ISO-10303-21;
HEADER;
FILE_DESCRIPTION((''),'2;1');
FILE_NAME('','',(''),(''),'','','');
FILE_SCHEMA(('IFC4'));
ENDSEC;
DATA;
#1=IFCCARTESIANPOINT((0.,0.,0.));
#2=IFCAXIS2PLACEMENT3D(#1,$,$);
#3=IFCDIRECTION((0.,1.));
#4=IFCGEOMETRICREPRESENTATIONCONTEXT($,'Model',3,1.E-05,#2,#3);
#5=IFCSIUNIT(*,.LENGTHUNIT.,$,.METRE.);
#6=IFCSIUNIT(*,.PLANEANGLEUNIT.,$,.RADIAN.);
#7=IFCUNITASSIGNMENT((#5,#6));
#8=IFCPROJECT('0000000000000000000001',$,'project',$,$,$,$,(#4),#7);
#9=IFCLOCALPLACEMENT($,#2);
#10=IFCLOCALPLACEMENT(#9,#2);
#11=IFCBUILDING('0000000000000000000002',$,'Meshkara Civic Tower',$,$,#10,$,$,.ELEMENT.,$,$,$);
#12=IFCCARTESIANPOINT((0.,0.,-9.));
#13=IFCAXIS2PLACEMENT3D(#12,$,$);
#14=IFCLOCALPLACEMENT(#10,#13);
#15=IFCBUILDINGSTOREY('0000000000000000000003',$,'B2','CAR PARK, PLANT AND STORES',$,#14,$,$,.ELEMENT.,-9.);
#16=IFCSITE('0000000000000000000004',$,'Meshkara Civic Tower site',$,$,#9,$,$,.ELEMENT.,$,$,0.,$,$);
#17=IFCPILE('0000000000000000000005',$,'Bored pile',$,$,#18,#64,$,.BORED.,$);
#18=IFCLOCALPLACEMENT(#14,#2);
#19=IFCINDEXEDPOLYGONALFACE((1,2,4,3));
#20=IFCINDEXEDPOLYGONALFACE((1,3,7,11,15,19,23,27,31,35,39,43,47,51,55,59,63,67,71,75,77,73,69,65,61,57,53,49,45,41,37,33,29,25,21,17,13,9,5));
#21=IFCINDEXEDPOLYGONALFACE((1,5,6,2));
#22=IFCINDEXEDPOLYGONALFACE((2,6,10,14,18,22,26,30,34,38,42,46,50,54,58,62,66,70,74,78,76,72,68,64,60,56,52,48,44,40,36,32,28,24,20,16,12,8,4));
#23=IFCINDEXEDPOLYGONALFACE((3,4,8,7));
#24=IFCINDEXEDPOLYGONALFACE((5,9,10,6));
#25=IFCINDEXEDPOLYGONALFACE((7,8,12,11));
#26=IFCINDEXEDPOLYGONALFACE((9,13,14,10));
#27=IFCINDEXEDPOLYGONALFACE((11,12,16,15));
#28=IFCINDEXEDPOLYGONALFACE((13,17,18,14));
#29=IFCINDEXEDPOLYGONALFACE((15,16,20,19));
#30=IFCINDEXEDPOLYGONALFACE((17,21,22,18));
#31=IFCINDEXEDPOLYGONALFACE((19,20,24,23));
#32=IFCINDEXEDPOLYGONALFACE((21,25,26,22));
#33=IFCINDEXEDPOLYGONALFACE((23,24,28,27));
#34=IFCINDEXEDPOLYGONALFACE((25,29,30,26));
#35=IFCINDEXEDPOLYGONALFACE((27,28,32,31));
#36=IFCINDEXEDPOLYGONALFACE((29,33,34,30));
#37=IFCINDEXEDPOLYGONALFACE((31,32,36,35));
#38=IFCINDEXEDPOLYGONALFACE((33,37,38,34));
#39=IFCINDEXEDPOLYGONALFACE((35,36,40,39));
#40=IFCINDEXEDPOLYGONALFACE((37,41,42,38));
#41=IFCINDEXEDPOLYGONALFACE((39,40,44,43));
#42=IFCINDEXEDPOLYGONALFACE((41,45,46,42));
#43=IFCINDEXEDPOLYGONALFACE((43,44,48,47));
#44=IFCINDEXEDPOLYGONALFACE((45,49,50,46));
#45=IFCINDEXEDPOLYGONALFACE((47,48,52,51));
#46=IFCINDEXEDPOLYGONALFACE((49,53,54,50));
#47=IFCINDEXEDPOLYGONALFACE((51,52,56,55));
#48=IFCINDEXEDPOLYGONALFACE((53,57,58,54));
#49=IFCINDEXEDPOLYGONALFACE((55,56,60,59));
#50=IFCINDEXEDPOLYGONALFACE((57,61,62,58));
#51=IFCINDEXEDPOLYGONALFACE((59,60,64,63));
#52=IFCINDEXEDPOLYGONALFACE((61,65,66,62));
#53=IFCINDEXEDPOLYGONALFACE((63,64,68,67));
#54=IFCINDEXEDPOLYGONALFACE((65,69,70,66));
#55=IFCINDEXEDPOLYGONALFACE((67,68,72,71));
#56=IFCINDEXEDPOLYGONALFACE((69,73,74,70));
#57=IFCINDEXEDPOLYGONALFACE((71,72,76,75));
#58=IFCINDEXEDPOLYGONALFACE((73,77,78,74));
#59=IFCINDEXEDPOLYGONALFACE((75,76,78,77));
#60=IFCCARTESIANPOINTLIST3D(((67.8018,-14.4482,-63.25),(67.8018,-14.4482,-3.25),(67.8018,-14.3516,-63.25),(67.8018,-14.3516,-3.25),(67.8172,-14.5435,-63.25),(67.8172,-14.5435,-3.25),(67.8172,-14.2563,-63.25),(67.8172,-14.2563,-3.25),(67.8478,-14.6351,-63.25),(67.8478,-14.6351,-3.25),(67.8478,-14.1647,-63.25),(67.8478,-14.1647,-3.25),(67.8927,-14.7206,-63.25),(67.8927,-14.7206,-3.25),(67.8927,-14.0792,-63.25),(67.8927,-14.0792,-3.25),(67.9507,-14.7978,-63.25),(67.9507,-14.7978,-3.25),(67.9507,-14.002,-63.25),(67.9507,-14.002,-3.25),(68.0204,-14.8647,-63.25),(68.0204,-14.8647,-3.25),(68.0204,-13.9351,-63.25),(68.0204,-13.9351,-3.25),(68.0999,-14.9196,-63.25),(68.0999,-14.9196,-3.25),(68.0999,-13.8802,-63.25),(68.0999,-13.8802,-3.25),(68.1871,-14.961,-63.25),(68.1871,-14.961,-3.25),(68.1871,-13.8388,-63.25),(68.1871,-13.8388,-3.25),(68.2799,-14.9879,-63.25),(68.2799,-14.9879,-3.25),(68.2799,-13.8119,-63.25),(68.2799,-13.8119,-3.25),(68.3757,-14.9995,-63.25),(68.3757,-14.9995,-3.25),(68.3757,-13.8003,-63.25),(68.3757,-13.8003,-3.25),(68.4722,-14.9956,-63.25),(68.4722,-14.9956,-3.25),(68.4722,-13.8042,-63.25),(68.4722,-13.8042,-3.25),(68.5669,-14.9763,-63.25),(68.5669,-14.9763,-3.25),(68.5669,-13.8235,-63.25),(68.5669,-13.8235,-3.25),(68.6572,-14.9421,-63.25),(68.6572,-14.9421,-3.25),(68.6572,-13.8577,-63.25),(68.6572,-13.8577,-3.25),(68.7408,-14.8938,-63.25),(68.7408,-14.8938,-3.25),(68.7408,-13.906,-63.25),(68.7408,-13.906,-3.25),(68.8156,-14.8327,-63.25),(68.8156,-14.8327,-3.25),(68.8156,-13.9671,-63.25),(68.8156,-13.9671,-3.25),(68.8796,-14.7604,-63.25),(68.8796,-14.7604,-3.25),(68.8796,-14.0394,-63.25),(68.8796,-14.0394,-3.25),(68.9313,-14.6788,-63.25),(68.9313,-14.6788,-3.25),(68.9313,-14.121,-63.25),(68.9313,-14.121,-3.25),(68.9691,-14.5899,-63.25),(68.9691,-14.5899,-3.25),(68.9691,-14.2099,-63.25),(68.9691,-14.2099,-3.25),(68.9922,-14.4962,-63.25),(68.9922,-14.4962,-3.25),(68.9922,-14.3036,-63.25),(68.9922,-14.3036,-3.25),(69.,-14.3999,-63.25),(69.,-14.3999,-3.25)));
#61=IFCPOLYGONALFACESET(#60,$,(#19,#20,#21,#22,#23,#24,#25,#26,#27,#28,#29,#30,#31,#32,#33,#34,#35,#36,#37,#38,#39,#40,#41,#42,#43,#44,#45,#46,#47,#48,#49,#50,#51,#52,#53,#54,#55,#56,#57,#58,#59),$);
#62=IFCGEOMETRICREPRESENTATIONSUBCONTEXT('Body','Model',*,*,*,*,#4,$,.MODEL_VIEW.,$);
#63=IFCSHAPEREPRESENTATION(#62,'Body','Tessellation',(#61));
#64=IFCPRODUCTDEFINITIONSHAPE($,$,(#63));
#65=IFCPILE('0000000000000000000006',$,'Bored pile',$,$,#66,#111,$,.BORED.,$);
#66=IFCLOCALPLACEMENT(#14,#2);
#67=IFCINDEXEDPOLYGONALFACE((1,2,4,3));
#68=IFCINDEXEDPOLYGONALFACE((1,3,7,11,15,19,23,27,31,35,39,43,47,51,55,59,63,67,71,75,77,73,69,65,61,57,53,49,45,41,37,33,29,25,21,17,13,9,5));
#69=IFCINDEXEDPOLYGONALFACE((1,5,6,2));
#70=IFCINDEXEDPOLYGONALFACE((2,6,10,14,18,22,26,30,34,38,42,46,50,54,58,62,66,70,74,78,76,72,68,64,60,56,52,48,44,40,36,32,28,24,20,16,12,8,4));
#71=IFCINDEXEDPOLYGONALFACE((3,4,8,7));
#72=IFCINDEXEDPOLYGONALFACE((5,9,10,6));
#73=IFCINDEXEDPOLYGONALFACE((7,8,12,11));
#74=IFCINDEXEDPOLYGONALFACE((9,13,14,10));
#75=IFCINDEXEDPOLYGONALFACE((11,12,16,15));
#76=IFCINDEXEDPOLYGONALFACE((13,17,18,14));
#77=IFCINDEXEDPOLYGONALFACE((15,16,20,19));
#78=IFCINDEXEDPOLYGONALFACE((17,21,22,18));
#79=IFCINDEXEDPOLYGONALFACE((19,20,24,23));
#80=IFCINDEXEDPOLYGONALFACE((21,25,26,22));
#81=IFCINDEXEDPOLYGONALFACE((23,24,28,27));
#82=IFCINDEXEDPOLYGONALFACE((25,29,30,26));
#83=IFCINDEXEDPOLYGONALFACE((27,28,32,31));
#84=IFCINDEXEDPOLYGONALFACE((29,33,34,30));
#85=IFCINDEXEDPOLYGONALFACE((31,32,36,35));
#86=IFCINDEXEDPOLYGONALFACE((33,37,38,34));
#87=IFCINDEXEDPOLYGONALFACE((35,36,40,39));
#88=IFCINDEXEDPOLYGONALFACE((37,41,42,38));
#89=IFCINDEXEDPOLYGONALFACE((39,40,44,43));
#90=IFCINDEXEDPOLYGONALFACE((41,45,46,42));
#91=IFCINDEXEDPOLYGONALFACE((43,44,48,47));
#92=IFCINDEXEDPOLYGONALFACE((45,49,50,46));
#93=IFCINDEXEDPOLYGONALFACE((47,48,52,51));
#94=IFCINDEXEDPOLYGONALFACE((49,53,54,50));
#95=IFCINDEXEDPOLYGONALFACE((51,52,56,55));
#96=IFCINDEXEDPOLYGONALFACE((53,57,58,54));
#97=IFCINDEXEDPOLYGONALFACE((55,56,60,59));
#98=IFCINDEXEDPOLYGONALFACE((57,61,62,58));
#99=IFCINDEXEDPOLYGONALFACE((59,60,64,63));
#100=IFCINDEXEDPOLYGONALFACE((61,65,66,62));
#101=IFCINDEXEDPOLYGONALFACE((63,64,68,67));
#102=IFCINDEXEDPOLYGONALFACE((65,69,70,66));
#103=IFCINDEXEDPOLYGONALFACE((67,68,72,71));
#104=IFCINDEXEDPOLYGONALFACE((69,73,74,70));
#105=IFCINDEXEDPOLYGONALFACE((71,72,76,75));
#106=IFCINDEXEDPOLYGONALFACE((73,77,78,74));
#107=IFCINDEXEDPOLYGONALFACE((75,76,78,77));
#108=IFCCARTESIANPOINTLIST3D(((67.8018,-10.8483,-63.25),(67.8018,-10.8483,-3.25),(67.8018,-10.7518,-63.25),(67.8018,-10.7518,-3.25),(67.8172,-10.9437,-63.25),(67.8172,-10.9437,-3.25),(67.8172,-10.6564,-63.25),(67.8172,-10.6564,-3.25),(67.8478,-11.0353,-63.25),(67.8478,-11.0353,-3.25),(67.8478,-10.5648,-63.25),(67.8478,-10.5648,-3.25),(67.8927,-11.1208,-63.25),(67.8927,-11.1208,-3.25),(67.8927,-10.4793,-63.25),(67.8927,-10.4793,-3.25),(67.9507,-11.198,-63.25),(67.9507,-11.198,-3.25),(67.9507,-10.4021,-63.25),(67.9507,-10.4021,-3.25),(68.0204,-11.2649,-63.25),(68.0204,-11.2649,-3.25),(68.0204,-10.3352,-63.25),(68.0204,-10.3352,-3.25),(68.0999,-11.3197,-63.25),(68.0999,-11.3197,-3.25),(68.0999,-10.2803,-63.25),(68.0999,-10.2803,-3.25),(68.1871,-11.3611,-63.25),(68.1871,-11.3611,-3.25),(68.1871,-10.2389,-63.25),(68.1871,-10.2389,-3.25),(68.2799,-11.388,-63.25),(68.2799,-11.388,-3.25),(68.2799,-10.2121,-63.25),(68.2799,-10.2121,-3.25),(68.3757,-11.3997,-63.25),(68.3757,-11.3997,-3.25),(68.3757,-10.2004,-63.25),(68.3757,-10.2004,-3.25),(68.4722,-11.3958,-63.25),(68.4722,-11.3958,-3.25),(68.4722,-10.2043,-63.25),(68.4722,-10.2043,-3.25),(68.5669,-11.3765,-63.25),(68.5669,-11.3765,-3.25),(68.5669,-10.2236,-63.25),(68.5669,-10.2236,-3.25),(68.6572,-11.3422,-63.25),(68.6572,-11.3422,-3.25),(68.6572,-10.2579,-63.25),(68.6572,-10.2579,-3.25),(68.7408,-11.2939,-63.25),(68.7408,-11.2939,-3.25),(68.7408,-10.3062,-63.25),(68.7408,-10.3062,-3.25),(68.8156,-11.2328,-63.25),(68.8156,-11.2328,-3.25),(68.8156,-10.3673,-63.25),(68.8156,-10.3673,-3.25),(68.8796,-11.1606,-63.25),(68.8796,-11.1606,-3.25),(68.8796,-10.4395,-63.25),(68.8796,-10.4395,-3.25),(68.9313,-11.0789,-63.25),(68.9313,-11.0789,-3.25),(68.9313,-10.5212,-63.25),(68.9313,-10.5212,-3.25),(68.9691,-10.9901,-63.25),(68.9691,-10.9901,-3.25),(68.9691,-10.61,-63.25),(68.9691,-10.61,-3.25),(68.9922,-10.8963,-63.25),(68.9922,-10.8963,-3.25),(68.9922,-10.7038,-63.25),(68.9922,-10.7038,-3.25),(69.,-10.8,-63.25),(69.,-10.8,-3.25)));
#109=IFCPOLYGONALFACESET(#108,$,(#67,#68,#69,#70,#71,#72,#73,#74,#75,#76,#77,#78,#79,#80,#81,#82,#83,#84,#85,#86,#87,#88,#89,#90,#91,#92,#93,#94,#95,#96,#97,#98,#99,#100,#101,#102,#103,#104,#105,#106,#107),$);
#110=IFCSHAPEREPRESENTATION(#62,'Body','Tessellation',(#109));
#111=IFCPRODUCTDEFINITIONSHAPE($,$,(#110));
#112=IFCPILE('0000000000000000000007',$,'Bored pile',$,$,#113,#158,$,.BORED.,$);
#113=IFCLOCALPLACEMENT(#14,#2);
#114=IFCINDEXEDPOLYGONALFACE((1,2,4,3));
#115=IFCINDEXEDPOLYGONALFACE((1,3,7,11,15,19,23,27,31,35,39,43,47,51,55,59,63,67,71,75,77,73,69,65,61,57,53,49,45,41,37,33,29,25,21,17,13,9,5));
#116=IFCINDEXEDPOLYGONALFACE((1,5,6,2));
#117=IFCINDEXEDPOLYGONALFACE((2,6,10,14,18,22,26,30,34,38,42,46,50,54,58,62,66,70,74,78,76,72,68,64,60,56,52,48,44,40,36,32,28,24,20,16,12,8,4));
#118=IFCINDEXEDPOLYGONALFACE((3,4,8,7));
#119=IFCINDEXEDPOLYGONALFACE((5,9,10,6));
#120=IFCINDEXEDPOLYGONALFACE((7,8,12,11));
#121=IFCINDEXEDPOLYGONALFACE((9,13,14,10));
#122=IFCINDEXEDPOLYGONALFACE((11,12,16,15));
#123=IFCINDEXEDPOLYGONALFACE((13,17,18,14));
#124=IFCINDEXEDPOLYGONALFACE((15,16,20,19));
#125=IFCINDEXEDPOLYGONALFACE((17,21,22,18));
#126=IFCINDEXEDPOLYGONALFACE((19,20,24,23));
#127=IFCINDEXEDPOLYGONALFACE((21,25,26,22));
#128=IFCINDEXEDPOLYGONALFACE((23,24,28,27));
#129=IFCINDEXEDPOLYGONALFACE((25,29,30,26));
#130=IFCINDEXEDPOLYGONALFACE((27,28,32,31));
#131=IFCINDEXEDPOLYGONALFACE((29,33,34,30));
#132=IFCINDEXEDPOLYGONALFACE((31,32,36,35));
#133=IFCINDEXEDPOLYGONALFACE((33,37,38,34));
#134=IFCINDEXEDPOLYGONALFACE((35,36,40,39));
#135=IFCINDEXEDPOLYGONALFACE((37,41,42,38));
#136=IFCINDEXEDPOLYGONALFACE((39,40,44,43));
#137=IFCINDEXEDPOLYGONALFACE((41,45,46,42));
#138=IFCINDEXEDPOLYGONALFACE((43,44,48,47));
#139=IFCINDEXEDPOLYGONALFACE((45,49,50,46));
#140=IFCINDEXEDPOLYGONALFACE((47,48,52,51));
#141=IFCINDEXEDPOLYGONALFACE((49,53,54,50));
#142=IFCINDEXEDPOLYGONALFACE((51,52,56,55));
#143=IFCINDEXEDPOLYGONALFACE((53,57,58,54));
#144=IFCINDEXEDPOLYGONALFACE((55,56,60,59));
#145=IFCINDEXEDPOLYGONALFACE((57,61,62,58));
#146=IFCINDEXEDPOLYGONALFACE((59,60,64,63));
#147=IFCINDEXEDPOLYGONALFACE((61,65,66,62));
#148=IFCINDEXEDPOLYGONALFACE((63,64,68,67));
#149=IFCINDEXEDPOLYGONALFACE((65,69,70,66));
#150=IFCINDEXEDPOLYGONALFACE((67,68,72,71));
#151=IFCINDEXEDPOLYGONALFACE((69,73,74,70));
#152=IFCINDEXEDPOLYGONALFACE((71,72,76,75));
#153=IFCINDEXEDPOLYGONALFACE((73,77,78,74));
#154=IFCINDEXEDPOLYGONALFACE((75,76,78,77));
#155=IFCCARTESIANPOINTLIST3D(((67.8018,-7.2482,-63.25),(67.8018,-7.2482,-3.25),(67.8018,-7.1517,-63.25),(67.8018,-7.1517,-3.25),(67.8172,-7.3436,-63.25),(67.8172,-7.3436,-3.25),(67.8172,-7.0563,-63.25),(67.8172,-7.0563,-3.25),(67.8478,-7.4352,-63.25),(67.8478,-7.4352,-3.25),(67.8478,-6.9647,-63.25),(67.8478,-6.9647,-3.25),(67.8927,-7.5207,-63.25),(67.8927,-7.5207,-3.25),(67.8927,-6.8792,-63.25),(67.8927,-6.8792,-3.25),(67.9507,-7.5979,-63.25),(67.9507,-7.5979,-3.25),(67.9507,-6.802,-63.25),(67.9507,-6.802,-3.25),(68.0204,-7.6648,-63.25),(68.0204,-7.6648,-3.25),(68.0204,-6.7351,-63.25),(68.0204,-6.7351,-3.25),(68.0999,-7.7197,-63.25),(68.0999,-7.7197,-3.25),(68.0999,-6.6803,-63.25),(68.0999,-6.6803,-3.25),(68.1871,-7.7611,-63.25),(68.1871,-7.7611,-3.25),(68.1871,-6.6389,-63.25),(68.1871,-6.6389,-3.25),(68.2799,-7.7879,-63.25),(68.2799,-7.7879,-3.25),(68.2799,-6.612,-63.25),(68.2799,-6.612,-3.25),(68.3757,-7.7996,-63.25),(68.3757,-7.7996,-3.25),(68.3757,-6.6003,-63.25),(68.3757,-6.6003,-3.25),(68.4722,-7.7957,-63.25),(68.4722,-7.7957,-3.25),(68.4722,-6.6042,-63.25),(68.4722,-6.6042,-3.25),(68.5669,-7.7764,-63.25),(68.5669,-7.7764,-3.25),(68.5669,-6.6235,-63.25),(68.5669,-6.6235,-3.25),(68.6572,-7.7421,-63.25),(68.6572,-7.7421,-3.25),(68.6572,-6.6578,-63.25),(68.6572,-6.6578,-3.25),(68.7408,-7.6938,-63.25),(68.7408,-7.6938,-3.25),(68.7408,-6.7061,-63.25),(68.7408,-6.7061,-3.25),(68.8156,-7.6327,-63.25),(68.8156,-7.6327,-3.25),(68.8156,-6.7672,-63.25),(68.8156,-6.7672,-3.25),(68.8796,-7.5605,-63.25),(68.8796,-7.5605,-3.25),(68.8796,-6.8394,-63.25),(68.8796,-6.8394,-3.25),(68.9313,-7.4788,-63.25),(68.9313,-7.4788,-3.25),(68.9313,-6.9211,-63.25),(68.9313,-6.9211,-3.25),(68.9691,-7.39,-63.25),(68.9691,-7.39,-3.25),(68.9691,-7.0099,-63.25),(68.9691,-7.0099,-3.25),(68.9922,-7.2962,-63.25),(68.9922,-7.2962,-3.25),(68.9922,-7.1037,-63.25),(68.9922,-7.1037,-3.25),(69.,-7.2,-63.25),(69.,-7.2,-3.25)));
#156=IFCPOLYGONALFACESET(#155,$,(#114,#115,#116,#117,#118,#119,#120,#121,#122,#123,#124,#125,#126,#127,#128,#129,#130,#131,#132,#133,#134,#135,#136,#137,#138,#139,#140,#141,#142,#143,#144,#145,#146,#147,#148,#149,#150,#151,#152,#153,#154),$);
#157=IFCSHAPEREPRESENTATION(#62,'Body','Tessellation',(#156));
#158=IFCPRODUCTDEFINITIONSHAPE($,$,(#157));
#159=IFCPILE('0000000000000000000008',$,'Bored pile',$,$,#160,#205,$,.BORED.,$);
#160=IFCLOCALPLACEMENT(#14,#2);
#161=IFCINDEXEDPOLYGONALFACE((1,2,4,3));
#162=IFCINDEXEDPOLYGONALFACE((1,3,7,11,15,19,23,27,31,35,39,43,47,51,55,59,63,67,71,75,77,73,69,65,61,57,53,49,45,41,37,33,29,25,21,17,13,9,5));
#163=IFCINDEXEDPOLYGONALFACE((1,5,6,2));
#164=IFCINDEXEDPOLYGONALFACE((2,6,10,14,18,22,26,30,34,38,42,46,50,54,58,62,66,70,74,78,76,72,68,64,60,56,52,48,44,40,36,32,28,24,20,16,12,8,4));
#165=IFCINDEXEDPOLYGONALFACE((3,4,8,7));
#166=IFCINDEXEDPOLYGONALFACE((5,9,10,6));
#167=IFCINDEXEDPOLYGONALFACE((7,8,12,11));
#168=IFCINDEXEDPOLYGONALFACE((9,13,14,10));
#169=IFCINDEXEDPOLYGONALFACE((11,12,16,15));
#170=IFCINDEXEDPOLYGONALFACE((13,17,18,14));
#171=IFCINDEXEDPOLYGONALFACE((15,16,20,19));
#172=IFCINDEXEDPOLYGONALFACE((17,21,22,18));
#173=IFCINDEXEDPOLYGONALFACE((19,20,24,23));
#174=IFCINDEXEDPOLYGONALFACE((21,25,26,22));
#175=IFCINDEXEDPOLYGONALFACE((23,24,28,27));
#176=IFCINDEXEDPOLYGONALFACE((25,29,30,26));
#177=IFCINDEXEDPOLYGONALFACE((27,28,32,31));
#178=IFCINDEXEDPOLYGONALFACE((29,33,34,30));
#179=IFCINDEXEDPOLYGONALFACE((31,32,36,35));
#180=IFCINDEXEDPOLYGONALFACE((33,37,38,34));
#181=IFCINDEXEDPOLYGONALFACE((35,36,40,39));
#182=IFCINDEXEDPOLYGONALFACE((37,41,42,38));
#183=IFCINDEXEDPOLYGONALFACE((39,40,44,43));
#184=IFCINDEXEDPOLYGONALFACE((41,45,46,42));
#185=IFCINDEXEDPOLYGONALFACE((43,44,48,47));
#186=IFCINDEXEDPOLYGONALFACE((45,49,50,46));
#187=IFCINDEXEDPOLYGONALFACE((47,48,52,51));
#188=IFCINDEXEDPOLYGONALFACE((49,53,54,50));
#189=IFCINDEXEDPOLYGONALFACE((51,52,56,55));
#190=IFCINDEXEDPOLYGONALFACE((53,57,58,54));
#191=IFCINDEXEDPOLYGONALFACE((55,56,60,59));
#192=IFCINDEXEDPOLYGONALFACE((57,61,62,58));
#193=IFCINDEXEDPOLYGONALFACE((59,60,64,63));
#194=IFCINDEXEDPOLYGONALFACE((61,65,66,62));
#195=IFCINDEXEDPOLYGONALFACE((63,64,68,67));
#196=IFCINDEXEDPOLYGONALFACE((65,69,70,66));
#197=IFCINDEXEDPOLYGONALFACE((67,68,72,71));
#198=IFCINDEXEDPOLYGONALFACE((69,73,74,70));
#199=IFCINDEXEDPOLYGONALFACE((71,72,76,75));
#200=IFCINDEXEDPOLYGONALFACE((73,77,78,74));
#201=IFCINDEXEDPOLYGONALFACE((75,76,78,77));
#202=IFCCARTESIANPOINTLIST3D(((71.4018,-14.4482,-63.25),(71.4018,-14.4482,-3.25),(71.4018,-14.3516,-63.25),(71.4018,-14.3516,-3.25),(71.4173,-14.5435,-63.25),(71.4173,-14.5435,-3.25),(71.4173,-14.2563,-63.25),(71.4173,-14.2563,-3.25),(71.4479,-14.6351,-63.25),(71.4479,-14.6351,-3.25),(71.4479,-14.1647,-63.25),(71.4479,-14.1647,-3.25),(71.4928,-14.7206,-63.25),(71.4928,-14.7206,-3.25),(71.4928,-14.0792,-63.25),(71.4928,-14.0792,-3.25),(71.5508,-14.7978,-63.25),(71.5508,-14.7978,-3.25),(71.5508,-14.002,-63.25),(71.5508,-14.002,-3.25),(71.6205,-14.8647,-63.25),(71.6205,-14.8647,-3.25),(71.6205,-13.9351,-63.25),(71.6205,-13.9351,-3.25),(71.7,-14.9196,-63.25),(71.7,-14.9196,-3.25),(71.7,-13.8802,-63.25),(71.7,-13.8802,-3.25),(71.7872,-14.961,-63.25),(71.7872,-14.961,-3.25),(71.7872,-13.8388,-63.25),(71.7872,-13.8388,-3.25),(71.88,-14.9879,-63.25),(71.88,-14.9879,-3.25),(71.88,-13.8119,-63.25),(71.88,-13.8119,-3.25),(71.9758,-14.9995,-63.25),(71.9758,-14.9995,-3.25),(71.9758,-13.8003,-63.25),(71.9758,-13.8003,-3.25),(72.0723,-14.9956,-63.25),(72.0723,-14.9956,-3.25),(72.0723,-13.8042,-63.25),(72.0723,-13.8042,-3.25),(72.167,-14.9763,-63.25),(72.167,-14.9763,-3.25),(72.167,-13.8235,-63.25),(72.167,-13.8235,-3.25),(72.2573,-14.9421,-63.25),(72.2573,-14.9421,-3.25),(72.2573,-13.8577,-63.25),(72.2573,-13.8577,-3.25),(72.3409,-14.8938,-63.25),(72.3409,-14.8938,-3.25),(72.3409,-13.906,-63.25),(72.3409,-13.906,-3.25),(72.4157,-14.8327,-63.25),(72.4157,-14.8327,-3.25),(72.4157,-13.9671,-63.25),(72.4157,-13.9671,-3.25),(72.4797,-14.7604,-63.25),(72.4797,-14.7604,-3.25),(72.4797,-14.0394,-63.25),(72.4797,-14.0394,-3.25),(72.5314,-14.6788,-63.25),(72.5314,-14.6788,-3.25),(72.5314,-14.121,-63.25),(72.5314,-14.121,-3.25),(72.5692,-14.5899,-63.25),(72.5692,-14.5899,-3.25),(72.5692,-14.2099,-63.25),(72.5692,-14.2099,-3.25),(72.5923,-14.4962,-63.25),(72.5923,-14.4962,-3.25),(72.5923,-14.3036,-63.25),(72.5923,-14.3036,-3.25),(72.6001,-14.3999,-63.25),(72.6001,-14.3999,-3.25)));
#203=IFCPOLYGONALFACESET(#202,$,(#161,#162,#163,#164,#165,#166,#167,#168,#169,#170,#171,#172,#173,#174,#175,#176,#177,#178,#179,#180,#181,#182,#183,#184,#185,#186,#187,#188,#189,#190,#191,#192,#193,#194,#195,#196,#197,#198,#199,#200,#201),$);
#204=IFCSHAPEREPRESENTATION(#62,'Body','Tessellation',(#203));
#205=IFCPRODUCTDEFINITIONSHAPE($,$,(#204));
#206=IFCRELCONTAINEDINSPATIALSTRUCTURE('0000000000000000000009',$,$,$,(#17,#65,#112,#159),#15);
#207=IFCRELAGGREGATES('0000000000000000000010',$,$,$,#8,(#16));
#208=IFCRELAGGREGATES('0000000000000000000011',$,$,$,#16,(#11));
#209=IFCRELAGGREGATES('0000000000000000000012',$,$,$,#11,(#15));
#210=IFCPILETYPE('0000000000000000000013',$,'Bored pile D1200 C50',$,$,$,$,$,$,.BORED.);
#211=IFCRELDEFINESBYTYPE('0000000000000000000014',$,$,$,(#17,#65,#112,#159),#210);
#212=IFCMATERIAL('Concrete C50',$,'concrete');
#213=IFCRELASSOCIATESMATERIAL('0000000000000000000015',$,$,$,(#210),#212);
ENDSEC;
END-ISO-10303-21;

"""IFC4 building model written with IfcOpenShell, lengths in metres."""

from ifc_helpers import new_model, si_unit, direction, frame, origin, origin_2d, place, context, subcontext, project, spatial, circle, extrude, material, material_profile, profile_set, type_object, element, save


model = new_model("IFC4")

# Units and contexts
model_context = context("Model", 3, precision=1e-05, world=origin(), true_north=direction((0.0, 1.0)))
body_context = subcontext(model_context, "Body", "Model", "MODEL_VIEW")
ifc_project = project(units=[si_unit("LENGTHUNIT", "METRE"), si_unit("PLANEANGLEUNIT", "RADIAN")], contexts=[model_context])

# Site, building, storey
site_placement = place(None, origin())
site = spatial("IfcSite", under=ifc_project, at=site_placement, Name="Meshkara Civic Tower site", CompositionType="ELEMENT", RefElevation=0.0)
building_placement = place(site_placement, origin())
building = spatial("IfcBuilding", under=site, at=building_placement, Name="Meshkara Civic Tower", CompositionType="ELEMENT")
storey_placement = place(building_placement, frame((0.0, 0.0, -9.0)))
storey = spatial("IfcBuildingStorey", under=building, at=storey_placement, Name="B2", Description="CAR PARK, PLANT AND STORES", CompositionType="ELEMENT", Elevation=-9.0)

# Piles
ifc_material_1 = material(Name="Concrete C50", Category="concrete")
ifc_material_profile_1 = material_profile(ifc_material_1, circle(Radius=0.6001, at=origin_2d()))
ifc_profile_set_1 = profile_set([ifc_material_profile_1], Name="Concrete C50")
pile_type = type_object("IfcPileType", Name="Bored pile D1200 C50", PredefinedType="BORED", material=ifc_profile_set_1)
for number, where, z_axis, x_axis, name in (
    (1, (68.3999, -14.3999, -3.25), (0.0, 0.0, -1.0), (1.0, 0.0, 0.0), "Bored pile"),
    (2, (68.3999, -10.8, -3.25), (0.0, 0.0, -1.0), (1.0, 0.0, 0.0), "Bored pile"),
    (3, (68.3999, -7.2, -3.25), (0.0, 0.0, -1.0), (1.0, 0.0, 0.0), "Bored pile"),
    (4, (72.0, -14.3999, -3.25), (0.0, 0.0, -1.0), (1.0, 0.0, 0.0), "Bored pile"),
):
    element("IfcPile", number, at=place(storey_placement, frame(where, z_axis=z_axis, x_axis=x_axis)), inside=storey, type_object=pile_type, Name=name, PredefinedType="BORED", context=body_context, shape_type="SweptSolid", body=[
        extrude(circle(Radius=0.6001, at=origin_2d()), origin(), (0.0, 0.0, 1.0), 60.0),
    ])

save(model, "model.ifc")
